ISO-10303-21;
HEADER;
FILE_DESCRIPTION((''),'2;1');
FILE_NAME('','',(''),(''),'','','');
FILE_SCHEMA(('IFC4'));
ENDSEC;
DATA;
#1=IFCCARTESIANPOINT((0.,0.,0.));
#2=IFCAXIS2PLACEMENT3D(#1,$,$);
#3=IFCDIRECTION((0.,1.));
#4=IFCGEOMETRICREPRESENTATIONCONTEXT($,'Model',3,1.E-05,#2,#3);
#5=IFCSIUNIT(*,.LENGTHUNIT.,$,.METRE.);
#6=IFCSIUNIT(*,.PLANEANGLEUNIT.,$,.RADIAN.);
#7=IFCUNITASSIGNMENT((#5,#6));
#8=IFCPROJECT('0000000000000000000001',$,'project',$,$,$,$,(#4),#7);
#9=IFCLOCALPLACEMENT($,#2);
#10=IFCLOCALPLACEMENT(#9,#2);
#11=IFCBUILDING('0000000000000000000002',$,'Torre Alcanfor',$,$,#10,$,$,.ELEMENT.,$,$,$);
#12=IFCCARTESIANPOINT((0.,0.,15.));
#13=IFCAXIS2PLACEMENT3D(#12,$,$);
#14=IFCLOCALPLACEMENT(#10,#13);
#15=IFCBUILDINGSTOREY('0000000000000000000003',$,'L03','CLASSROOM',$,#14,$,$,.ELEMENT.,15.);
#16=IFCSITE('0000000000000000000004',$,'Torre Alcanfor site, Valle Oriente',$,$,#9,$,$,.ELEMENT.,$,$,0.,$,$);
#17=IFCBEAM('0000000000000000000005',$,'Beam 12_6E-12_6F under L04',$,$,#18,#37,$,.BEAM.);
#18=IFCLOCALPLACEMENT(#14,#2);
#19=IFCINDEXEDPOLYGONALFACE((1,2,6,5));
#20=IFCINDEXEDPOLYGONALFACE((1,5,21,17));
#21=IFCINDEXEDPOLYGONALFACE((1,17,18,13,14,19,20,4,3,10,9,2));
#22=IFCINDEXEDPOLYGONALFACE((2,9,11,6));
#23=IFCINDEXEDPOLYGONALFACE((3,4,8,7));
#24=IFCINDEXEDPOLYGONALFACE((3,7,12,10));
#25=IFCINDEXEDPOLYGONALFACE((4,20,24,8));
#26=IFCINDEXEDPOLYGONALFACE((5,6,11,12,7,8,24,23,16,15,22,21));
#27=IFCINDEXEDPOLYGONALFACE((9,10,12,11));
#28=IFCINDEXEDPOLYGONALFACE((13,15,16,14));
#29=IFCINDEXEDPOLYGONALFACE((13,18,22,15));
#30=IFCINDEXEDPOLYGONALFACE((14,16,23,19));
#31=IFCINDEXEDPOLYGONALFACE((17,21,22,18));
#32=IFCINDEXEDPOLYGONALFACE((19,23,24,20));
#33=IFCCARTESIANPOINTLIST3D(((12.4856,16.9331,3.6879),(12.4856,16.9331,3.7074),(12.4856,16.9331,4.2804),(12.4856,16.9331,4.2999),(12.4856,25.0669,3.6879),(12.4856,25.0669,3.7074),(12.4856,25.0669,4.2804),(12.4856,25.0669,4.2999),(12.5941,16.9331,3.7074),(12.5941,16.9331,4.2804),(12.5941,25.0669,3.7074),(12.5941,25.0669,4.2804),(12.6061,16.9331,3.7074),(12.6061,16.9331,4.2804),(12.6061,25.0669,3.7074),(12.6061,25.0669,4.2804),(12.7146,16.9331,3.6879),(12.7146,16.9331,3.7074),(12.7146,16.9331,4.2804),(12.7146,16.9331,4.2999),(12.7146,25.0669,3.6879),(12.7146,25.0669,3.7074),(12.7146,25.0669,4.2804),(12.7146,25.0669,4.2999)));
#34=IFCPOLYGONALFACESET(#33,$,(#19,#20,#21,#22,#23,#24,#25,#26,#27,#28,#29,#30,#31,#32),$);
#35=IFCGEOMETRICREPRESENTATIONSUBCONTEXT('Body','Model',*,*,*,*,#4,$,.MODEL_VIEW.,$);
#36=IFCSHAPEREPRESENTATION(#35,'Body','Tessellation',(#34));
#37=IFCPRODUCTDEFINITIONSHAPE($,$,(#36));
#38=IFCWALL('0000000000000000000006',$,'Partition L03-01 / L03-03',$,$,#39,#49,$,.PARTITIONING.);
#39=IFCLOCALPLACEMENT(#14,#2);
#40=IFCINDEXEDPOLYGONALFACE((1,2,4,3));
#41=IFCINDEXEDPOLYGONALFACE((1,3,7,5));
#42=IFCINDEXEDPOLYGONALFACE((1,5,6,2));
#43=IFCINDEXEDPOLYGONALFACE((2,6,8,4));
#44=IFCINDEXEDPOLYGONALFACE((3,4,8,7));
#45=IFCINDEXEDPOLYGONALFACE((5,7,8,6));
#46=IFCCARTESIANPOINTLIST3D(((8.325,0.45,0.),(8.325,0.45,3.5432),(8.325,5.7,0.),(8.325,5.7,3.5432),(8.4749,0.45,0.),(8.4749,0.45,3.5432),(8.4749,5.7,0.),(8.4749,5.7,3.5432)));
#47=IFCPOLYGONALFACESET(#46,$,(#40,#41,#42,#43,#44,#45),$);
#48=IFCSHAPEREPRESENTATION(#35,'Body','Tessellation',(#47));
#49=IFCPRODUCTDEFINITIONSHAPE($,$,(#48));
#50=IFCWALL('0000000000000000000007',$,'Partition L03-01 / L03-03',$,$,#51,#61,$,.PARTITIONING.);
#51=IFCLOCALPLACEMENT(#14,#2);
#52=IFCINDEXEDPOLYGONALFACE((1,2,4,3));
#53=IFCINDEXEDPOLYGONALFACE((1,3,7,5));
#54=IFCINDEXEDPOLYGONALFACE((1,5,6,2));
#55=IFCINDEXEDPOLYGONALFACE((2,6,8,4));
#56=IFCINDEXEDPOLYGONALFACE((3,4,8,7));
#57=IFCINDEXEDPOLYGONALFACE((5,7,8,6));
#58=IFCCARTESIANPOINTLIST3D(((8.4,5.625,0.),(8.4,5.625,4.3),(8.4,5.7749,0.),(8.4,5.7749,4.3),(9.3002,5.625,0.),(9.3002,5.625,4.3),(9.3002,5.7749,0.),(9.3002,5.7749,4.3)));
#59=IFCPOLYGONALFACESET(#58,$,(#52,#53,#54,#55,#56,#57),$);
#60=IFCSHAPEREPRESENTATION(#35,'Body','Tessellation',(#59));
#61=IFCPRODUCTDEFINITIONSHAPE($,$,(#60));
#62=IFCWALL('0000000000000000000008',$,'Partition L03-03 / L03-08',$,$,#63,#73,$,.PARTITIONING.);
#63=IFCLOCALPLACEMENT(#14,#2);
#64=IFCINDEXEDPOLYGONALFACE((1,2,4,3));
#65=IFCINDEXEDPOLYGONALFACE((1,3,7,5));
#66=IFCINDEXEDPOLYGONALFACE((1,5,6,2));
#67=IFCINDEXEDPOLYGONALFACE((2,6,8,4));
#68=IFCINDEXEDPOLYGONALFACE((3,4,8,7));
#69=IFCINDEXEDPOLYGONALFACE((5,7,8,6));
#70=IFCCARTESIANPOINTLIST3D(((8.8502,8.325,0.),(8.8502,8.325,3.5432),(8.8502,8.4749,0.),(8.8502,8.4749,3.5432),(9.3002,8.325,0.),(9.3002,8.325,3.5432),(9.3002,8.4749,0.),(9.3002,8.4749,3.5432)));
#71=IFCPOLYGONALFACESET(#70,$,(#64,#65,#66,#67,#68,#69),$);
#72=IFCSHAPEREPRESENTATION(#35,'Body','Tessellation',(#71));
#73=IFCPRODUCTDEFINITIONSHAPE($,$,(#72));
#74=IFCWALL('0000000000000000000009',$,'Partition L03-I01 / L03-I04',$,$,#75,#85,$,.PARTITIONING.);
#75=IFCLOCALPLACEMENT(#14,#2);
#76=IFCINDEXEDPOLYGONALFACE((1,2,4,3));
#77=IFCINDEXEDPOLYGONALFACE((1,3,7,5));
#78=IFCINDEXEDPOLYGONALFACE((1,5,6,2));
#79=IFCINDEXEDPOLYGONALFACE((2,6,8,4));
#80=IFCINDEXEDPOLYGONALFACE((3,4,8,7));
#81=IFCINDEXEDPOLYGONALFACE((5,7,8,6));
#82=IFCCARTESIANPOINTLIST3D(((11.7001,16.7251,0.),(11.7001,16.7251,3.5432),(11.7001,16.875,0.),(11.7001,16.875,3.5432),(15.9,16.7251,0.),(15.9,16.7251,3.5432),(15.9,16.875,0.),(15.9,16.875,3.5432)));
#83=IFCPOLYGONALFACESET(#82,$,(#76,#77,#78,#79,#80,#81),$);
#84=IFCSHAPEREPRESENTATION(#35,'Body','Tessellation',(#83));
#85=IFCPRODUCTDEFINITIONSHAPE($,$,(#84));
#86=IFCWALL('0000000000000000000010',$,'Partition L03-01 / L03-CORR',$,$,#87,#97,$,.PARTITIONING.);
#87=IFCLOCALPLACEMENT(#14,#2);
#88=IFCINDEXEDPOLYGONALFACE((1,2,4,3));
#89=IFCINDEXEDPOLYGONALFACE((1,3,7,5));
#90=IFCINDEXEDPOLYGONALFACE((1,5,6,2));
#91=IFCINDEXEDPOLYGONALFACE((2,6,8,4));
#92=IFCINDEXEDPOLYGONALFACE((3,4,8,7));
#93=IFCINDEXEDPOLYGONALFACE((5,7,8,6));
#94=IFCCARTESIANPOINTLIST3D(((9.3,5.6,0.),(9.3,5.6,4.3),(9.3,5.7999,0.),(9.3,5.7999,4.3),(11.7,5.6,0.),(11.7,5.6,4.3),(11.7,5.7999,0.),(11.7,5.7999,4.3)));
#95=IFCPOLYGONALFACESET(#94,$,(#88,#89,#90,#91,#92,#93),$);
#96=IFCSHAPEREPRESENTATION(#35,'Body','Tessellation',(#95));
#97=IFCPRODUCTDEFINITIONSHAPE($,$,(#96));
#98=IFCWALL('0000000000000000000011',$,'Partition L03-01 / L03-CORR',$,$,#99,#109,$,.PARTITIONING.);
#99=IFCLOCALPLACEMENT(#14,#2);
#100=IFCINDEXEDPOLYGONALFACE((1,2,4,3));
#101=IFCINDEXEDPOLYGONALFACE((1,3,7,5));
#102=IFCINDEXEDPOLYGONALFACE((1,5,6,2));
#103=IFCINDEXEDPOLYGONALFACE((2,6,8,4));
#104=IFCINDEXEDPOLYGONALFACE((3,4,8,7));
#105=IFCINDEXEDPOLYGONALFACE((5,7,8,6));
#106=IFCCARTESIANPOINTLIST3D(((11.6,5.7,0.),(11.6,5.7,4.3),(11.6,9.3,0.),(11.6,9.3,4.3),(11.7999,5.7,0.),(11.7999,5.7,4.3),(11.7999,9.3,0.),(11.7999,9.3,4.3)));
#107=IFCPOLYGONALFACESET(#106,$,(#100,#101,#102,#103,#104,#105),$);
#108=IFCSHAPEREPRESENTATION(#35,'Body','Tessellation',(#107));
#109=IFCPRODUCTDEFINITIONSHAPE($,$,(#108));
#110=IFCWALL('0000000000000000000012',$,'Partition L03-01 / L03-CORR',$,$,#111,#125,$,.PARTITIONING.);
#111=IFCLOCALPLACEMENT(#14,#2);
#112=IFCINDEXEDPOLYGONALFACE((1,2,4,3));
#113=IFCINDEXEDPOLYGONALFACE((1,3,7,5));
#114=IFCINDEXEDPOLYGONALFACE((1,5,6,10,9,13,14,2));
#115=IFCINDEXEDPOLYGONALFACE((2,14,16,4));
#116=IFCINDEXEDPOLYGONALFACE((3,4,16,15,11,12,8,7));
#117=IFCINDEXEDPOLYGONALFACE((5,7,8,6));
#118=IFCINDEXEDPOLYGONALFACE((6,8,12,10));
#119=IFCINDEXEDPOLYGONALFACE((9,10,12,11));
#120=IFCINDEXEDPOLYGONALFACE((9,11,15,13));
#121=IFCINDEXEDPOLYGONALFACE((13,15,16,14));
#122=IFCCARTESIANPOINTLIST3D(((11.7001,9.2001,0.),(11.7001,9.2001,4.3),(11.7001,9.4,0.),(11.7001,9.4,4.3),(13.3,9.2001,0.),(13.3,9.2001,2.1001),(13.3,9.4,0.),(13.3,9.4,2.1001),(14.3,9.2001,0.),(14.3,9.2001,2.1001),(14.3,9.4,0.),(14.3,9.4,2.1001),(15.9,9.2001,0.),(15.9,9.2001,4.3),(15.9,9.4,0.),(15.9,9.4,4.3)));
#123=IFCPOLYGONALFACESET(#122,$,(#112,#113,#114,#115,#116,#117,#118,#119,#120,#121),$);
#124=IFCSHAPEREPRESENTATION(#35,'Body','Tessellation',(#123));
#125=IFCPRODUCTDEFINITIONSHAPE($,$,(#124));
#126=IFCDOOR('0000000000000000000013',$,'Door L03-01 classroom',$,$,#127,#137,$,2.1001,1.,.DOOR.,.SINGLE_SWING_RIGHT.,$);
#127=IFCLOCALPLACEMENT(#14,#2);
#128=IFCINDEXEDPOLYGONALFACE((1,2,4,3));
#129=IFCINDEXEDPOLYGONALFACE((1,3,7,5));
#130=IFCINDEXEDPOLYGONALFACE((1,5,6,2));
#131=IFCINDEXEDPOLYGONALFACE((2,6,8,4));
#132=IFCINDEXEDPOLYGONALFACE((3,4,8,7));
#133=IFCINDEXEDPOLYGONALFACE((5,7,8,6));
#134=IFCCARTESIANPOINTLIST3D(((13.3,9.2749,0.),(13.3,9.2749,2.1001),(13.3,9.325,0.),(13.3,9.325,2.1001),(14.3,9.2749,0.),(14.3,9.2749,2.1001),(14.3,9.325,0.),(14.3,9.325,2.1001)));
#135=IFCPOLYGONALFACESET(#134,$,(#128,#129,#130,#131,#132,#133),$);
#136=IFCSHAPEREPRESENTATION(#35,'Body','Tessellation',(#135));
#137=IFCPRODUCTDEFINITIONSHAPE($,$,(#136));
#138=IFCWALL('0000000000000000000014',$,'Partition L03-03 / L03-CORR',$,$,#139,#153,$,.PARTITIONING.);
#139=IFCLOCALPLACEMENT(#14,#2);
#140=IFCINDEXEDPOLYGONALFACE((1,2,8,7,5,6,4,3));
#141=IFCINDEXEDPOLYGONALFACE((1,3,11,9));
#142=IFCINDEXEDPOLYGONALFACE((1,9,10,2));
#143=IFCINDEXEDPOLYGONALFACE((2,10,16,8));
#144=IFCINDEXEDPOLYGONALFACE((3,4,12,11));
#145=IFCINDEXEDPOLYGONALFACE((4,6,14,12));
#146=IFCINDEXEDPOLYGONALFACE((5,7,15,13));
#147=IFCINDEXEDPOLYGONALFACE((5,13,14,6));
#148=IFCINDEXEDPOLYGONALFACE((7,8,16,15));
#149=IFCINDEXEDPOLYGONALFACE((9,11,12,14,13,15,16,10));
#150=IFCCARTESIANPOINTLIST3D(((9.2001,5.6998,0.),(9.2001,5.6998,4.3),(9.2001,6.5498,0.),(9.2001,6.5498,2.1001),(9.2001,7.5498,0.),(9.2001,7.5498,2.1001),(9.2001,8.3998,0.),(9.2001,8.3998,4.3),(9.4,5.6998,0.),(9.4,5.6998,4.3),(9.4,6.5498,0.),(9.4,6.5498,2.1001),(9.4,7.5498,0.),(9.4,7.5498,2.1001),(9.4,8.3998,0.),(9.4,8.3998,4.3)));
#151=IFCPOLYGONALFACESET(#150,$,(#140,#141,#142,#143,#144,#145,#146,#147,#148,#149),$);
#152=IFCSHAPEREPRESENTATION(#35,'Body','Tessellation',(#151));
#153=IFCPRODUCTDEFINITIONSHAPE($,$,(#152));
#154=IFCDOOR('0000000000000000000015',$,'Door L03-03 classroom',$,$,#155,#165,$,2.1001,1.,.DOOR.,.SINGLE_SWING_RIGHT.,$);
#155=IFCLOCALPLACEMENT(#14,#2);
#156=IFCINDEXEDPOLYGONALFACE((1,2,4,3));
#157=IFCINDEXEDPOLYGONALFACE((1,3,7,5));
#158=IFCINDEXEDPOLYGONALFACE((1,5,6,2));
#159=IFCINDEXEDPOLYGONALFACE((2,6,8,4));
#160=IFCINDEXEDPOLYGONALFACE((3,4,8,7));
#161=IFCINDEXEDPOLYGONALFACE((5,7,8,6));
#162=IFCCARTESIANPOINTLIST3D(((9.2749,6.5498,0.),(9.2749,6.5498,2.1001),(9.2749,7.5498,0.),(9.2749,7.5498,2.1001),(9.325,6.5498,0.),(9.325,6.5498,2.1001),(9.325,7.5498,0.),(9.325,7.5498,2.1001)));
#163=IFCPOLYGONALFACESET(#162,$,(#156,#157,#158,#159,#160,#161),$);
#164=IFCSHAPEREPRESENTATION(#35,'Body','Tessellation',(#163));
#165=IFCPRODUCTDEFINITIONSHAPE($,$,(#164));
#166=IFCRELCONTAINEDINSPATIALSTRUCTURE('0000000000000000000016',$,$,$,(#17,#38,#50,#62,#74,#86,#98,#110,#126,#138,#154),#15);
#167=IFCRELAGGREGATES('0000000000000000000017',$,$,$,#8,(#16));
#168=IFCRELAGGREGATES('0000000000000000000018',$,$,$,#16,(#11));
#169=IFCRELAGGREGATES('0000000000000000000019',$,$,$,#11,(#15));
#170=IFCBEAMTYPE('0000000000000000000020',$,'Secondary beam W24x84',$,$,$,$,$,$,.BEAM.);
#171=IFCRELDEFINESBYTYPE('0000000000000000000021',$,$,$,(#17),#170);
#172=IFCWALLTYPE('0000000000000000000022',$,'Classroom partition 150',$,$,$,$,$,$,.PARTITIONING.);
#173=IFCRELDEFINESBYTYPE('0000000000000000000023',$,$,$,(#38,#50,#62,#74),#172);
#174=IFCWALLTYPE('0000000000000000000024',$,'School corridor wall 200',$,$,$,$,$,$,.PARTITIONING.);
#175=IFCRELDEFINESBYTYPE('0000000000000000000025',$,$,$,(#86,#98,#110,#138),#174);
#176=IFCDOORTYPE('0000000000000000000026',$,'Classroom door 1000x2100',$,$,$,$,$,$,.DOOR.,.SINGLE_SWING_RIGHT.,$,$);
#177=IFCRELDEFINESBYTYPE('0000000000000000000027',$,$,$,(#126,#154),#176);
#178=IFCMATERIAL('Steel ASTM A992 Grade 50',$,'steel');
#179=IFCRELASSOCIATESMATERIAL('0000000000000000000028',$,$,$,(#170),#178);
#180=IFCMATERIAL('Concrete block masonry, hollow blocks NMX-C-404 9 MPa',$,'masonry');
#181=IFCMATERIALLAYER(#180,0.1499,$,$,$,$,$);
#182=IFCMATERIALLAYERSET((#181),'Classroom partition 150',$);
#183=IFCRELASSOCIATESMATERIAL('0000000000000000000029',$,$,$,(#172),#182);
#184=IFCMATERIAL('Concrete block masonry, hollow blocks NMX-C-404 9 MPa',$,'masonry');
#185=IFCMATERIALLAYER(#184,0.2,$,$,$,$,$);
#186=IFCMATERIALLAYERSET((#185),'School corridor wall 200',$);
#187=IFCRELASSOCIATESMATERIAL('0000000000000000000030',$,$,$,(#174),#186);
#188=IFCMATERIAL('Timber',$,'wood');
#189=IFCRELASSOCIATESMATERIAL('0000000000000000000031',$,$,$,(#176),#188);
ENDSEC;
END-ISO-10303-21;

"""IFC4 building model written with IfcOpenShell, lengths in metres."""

from ifc_helpers import new_model, si_unit, direction, frame, frame_2d, origin, origin_2d, place, context, subcontext, project, spatial, rectangle, i_section, extrude, material, layer, layer_set, material_profile, profile_set, type_object, element, fill, save


model = new_model("IFC4")

# Units and contexts
model_context = context("Model", 3, precision=1e-05, world=origin(), true_north=direction((0.0, 1.0)))
body_context = subcontext(model_context, "Body", "Model", "MODEL_VIEW")
ifc_project = project(units=[si_unit("LENGTHUNIT", "METRE"), si_unit("PLANEANGLEUNIT", "RADIAN")], contexts=[model_context])

# Site, building, storey
site_placement = place(None, origin())
site = spatial("IfcSite", under=ifc_project, at=site_placement, Name="Torre Alcanfor site, Valle Oriente", CompositionType="ELEMENT", RefElevation=0.0)
building_placement = place(site_placement, origin())
building = spatial("IfcBuilding", under=site, at=building_placement, Name="Torre Alcanfor", CompositionType="ELEMENT")
storey_placement = place(building_placement, frame((0.0, 0.0, 15.0)))
storey = spatial("IfcBuildingStorey", under=building, at=storey_placement, Name="L03", Description="CLASSROOM", CompositionType="ELEMENT", Elevation=15.0)

# Beam
ifc_material_1 = material(Name="Steel ASTM A992 Grade 50", Category="steel")
ifc_material_profile_1 = material_profile(ifc_material_1, i_section(OverallWidth=0.229, OverallDepth=0.6121, WebThickness=0.012, FlangeThickness=0.0195, at=origin_2d()), Name="W24x84")
ifc_profile_set_1 = profile_set([ifc_material_profile_1], Name="Steel ASTM A992 Grade 50")
beam_type_1 = type_object("IfcBeamType", Name="Secondary beam W24x84", PredefinedType="BEAM", material=ifc_profile_set_1)
beam_1_placement = place(storey_placement, frame((12.6001, 16.9331, 3.9939), z_axis=(0.0, 1.0, 0.0), x_axis=(-1.0, 0.0, 0.0)))
element("IfcBeam", 1, at=beam_1_placement, inside=storey, type_object=beam_type_1, Name="Beam 12_6E-12_6F under L04", PredefinedType="BEAM", context=body_context, shape_type="SweptSolid", body=[
    extrude(i_section(OverallWidth=0.229, OverallDepth=0.6121, WebThickness=0.012, FlangeThickness=0.0195, at=origin_2d()), origin(), (0.0, 0.0, 1.0), 8.1338),
])

# Walls
ifc_material_2 = material(Name="Concrete block masonry, hollow blocks NMX-C-404 9 MPa", Category="masonry")
ifc_layer_1 = layer(ifc_material_2, 0.1499)
ifc_layer_set_1 = layer_set([ifc_layer_1], Name="Classroom partition 150")
wall_type_1 = type_object("IfcWallType", Name="Classroom partition 150", PredefinedType="PARTITIONING", material=ifc_layer_set_1)
wall_1_placement = place(storey_placement, frame((8.3999, 0.45, 0.0), z_axis=(0.0, 0.0, 1.0), x_axis=(0.0, 1.0, 0.0)))
element("IfcWall", 2, at=wall_1_placement, inside=storey, type_object=wall_type_1, Name="Partition L03-01 / L03-03", PredefinedType="PARTITIONING", context=body_context, shape_type="SweptSolid", body=[
    extrude(rectangle(XDim=5.25, YDim=0.1499, at=frame_2d((2.625, 0.0))), origin(), (0.0, 0.0, 1.0), 3.5432),
])
wall_2_placement = place(storey_placement, frame((8.3999, 5.7, 0.0), z_axis=(0.0, 0.0, 1.0), x_axis=(1.0, 0.0, 0.0)))
element("IfcWall", 3, at=wall_2_placement, inside=storey, type_object=wall_type_1, Name="Partition L03-01 / L03-03", PredefinedType="PARTITIONING", context=body_context, shape_type="SweptSolid", body=[
    extrude(rectangle(XDim=0.9001, YDim=0.1499, at=frame_2d((0.4502, 0.0))), origin(), (0.0, 0.0, 1.0), 4.3),
])
wall_3_placement = place(storey_placement, frame((8.8501, 8.3999, 0.0), z_axis=(0.0, 0.0, 1.0), x_axis=(1.0, 0.0, 0.0)))
element("IfcWall", 4, at=wall_3_placement, inside=storey, type_object=wall_type_1, Name="Partition L03-03 / L03-08", PredefinedType="PARTITIONING", context=body_context, shape_type="SweptSolid", body=[
    extrude(rectangle(XDim=0.45, YDim=0.1499, at=frame_2d((0.2251, 0.0))), origin(), (0.0, 0.0, 1.0), 3.5432),
])
wall_4_placement = place(storey_placement, frame((11.7, 16.8, 0.0), z_axis=(0.0, 0.0, 1.0), x_axis=(1.0, 0.0, 0.0)))
element("IfcWall", 5, at=wall_4_placement, inside=storey, type_object=wall_type_1, Name="Partition L03-I01 / L03-I04", PredefinedType="PARTITIONING", context=body_context, shape_type="SweptSolid", body=[
    extrude(rectangle(XDim=4.2, YDim=0.1499, at=frame_2d((2.1001, 0.0))), origin(), (0.0, 0.0, 1.0), 3.5432),
])
ifc_material_3 = material(Name="Concrete block masonry, hollow blocks NMX-C-404 9 MPa", Category="masonry")
ifc_layer_2 = layer(ifc_material_3, 0.2)
ifc_layer_set_2 = layer_set([ifc_layer_2], Name="School corridor wall 200")
wall_type_2 = type_object("IfcWallType", Name="School corridor wall 200", PredefinedType="PARTITIONING", material=ifc_layer_set_2)
wall_5_placement = place(storey_placement, frame((9.3, 5.7, 0.0), z_axis=(0.0, 0.0, 1.0), x_axis=(1.0, 0.0, 0.0)))
element("IfcWall", 6, at=wall_5_placement, inside=storey, type_object=wall_type_2, Name="Partition L03-01 / L03-CORR", PredefinedType="PARTITIONING", context=body_context, shape_type="SweptSolid", body=[
    extrude(rectangle(XDim=2.3999, YDim=0.2, at=frame_2d((1.2, 0.0))), origin(), (0.0, 0.0, 1.0), 4.3),
])
wall_6_placement = place(storey_placement, frame((11.7, 5.7, 0.0), z_axis=(0.0, 0.0, 1.0), x_axis=(0.0, 1.0, 0.0)))
element("IfcWall", 7, at=wall_6_placement, inside=storey, type_object=wall_type_2, Name="Partition L03-01 / L03-CORR", PredefinedType="PARTITIONING", context=body_context, shape_type="SweptSolid", body=[
    extrude(rectangle(XDim=3.6001, YDim=0.2, at=frame_2d((1.8, 0.0))), origin(), (0.0, 0.0, 1.0), 4.3),
])

# Walls, openings, doors
wall_7_placement = place(storey_placement, frame((11.7, 9.3, 0.0), z_axis=(0.0, 0.0, 1.0), x_axis=(1.0, 0.0, 0.0)))
wall_7 = element("IfcWall", 8, at=wall_7_placement, inside=storey, type_object=wall_type_2, Name="Partition L03-01 / L03-CORR", PredefinedType="PARTITIONING", context=body_context, shape_type="SweptSolid", body=[
    extrude(rectangle(XDim=4.2, YDim=0.2, at=frame_2d((2.1001, 0.0))), origin(), (0.0, 0.0, 1.0), 4.3),
])
opening_1_placement = place(wall_7_placement, frame((1.6001, 0.0, 0.0)))
opening_1 = element("IfcOpeningElement", 9, at=opening_1_placement, cuts=wall_7, PredefinedType="OPENING", context=body_context, shape_type="SweptSolid", body=[
    extrude(rectangle(XDim=1.0, YDim=2.1001, at=frame_2d((0.5, 1.05))), frame((0.0, 0.1099, 0.0), z_axis=(0.0, -1.0, 0.0), x_axis=(1.0, 0.0, 0.0)), (0.0, 0.0, 1.0), 0.22),
])
ifc_material_4 = material(Name="Timber", Category="wood")
door_type = type_object("IfcDoorType", Name="Classroom door 1000x2100", OperationType="SINGLE_SWING_RIGHT", PredefinedType="DOOR", material=ifc_material_4)
door_1_placement = place(opening_1_placement, frame((1.0, 0.0, 0.0), z_axis=(0.0, 0.0, 1.0), x_axis=(-1.0, 0.0, 0.0)))
door_1 = element("IfcDoor", 10, at=door_1_placement, inside=storey, type_object=door_type, Name="Door L03-01 classroom", OperationType="SINGLE_SWING_RIGHT", OverallHeight=2.1001, OverallWidth=1.0, PredefinedType="DOOR", context=body_context, shape_type="SweptSolid", body=[
    extrude(rectangle(XDim=1.0, YDim=2.1001, at=frame_2d((0.5, 1.05))), frame((0.0, 0.0251, 0.0), z_axis=(0.0, -1.0, 0.0), x_axis=(1.0, 0.0, 0.0)), (0.0, 0.0, 1.0), 0.05),
])
fill(opening_1, door_1)
wall_8_placement = place(storey_placement, frame((9.3, 8.3999, 0.0), z_axis=(0.0, 0.0, 1.0), x_axis=(0.0, -1.0, 0.0)))
wall_8 = element("IfcWall", 11, at=wall_8_placement, inside=storey, type_object=wall_type_2, Name="Partition L03-03 / L03-CORR", PredefinedType="PARTITIONING", context=body_context, shape_type="SweptSolid", body=[
    extrude(rectangle(XDim=2.7, YDim=0.2, at=frame_2d((1.3501, 0.0))), origin(), (0.0, 0.0, 1.0), 4.3),
])
opening_2_placement = place(wall_8_placement, frame((0.8501, 0.0, 0.0)))
opening_2 = element("IfcOpeningElement", 12, at=opening_2_placement, cuts=wall_8, PredefinedType="OPENING", context=body_context, shape_type="SweptSolid", body=[
    extrude(rectangle(XDim=1.0, YDim=2.1001, at=frame_2d((0.5, 1.05))), frame((0.0, 0.1099, 0.0), z_axis=(0.0, -1.0, 0.0), x_axis=(1.0, 0.0, 0.0)), (0.0, 0.0, 1.0), 0.22),
])
door_2_placement = place(opening_2_placement, frame((1.0, 0.0, 0.0), z_axis=(0.0, 0.0, 1.0), x_axis=(-1.0, 0.0, 0.0)))
door_2 = element("IfcDoor", 13, at=door_2_placement, inside=storey, type_object=door_type, Name="Door L03-03 classroom", OperationType="SINGLE_SWING_RIGHT", OverallHeight=2.1001, OverallWidth=1.0, PredefinedType="DOOR", context=body_context, shape_type="SweptSolid", body=[
    extrude(rectangle(XDim=1.0, YDim=2.1001, at=frame_2d((0.5, 1.05))), frame((0.0, 0.0251, 0.0), z_axis=(0.0, -1.0, 0.0), x_axis=(1.0, 0.0, 0.0)), (0.0, 0.0, 1.0), 0.05),
])
fill(opening_2, door_2)

save(model, "model.ifc")
